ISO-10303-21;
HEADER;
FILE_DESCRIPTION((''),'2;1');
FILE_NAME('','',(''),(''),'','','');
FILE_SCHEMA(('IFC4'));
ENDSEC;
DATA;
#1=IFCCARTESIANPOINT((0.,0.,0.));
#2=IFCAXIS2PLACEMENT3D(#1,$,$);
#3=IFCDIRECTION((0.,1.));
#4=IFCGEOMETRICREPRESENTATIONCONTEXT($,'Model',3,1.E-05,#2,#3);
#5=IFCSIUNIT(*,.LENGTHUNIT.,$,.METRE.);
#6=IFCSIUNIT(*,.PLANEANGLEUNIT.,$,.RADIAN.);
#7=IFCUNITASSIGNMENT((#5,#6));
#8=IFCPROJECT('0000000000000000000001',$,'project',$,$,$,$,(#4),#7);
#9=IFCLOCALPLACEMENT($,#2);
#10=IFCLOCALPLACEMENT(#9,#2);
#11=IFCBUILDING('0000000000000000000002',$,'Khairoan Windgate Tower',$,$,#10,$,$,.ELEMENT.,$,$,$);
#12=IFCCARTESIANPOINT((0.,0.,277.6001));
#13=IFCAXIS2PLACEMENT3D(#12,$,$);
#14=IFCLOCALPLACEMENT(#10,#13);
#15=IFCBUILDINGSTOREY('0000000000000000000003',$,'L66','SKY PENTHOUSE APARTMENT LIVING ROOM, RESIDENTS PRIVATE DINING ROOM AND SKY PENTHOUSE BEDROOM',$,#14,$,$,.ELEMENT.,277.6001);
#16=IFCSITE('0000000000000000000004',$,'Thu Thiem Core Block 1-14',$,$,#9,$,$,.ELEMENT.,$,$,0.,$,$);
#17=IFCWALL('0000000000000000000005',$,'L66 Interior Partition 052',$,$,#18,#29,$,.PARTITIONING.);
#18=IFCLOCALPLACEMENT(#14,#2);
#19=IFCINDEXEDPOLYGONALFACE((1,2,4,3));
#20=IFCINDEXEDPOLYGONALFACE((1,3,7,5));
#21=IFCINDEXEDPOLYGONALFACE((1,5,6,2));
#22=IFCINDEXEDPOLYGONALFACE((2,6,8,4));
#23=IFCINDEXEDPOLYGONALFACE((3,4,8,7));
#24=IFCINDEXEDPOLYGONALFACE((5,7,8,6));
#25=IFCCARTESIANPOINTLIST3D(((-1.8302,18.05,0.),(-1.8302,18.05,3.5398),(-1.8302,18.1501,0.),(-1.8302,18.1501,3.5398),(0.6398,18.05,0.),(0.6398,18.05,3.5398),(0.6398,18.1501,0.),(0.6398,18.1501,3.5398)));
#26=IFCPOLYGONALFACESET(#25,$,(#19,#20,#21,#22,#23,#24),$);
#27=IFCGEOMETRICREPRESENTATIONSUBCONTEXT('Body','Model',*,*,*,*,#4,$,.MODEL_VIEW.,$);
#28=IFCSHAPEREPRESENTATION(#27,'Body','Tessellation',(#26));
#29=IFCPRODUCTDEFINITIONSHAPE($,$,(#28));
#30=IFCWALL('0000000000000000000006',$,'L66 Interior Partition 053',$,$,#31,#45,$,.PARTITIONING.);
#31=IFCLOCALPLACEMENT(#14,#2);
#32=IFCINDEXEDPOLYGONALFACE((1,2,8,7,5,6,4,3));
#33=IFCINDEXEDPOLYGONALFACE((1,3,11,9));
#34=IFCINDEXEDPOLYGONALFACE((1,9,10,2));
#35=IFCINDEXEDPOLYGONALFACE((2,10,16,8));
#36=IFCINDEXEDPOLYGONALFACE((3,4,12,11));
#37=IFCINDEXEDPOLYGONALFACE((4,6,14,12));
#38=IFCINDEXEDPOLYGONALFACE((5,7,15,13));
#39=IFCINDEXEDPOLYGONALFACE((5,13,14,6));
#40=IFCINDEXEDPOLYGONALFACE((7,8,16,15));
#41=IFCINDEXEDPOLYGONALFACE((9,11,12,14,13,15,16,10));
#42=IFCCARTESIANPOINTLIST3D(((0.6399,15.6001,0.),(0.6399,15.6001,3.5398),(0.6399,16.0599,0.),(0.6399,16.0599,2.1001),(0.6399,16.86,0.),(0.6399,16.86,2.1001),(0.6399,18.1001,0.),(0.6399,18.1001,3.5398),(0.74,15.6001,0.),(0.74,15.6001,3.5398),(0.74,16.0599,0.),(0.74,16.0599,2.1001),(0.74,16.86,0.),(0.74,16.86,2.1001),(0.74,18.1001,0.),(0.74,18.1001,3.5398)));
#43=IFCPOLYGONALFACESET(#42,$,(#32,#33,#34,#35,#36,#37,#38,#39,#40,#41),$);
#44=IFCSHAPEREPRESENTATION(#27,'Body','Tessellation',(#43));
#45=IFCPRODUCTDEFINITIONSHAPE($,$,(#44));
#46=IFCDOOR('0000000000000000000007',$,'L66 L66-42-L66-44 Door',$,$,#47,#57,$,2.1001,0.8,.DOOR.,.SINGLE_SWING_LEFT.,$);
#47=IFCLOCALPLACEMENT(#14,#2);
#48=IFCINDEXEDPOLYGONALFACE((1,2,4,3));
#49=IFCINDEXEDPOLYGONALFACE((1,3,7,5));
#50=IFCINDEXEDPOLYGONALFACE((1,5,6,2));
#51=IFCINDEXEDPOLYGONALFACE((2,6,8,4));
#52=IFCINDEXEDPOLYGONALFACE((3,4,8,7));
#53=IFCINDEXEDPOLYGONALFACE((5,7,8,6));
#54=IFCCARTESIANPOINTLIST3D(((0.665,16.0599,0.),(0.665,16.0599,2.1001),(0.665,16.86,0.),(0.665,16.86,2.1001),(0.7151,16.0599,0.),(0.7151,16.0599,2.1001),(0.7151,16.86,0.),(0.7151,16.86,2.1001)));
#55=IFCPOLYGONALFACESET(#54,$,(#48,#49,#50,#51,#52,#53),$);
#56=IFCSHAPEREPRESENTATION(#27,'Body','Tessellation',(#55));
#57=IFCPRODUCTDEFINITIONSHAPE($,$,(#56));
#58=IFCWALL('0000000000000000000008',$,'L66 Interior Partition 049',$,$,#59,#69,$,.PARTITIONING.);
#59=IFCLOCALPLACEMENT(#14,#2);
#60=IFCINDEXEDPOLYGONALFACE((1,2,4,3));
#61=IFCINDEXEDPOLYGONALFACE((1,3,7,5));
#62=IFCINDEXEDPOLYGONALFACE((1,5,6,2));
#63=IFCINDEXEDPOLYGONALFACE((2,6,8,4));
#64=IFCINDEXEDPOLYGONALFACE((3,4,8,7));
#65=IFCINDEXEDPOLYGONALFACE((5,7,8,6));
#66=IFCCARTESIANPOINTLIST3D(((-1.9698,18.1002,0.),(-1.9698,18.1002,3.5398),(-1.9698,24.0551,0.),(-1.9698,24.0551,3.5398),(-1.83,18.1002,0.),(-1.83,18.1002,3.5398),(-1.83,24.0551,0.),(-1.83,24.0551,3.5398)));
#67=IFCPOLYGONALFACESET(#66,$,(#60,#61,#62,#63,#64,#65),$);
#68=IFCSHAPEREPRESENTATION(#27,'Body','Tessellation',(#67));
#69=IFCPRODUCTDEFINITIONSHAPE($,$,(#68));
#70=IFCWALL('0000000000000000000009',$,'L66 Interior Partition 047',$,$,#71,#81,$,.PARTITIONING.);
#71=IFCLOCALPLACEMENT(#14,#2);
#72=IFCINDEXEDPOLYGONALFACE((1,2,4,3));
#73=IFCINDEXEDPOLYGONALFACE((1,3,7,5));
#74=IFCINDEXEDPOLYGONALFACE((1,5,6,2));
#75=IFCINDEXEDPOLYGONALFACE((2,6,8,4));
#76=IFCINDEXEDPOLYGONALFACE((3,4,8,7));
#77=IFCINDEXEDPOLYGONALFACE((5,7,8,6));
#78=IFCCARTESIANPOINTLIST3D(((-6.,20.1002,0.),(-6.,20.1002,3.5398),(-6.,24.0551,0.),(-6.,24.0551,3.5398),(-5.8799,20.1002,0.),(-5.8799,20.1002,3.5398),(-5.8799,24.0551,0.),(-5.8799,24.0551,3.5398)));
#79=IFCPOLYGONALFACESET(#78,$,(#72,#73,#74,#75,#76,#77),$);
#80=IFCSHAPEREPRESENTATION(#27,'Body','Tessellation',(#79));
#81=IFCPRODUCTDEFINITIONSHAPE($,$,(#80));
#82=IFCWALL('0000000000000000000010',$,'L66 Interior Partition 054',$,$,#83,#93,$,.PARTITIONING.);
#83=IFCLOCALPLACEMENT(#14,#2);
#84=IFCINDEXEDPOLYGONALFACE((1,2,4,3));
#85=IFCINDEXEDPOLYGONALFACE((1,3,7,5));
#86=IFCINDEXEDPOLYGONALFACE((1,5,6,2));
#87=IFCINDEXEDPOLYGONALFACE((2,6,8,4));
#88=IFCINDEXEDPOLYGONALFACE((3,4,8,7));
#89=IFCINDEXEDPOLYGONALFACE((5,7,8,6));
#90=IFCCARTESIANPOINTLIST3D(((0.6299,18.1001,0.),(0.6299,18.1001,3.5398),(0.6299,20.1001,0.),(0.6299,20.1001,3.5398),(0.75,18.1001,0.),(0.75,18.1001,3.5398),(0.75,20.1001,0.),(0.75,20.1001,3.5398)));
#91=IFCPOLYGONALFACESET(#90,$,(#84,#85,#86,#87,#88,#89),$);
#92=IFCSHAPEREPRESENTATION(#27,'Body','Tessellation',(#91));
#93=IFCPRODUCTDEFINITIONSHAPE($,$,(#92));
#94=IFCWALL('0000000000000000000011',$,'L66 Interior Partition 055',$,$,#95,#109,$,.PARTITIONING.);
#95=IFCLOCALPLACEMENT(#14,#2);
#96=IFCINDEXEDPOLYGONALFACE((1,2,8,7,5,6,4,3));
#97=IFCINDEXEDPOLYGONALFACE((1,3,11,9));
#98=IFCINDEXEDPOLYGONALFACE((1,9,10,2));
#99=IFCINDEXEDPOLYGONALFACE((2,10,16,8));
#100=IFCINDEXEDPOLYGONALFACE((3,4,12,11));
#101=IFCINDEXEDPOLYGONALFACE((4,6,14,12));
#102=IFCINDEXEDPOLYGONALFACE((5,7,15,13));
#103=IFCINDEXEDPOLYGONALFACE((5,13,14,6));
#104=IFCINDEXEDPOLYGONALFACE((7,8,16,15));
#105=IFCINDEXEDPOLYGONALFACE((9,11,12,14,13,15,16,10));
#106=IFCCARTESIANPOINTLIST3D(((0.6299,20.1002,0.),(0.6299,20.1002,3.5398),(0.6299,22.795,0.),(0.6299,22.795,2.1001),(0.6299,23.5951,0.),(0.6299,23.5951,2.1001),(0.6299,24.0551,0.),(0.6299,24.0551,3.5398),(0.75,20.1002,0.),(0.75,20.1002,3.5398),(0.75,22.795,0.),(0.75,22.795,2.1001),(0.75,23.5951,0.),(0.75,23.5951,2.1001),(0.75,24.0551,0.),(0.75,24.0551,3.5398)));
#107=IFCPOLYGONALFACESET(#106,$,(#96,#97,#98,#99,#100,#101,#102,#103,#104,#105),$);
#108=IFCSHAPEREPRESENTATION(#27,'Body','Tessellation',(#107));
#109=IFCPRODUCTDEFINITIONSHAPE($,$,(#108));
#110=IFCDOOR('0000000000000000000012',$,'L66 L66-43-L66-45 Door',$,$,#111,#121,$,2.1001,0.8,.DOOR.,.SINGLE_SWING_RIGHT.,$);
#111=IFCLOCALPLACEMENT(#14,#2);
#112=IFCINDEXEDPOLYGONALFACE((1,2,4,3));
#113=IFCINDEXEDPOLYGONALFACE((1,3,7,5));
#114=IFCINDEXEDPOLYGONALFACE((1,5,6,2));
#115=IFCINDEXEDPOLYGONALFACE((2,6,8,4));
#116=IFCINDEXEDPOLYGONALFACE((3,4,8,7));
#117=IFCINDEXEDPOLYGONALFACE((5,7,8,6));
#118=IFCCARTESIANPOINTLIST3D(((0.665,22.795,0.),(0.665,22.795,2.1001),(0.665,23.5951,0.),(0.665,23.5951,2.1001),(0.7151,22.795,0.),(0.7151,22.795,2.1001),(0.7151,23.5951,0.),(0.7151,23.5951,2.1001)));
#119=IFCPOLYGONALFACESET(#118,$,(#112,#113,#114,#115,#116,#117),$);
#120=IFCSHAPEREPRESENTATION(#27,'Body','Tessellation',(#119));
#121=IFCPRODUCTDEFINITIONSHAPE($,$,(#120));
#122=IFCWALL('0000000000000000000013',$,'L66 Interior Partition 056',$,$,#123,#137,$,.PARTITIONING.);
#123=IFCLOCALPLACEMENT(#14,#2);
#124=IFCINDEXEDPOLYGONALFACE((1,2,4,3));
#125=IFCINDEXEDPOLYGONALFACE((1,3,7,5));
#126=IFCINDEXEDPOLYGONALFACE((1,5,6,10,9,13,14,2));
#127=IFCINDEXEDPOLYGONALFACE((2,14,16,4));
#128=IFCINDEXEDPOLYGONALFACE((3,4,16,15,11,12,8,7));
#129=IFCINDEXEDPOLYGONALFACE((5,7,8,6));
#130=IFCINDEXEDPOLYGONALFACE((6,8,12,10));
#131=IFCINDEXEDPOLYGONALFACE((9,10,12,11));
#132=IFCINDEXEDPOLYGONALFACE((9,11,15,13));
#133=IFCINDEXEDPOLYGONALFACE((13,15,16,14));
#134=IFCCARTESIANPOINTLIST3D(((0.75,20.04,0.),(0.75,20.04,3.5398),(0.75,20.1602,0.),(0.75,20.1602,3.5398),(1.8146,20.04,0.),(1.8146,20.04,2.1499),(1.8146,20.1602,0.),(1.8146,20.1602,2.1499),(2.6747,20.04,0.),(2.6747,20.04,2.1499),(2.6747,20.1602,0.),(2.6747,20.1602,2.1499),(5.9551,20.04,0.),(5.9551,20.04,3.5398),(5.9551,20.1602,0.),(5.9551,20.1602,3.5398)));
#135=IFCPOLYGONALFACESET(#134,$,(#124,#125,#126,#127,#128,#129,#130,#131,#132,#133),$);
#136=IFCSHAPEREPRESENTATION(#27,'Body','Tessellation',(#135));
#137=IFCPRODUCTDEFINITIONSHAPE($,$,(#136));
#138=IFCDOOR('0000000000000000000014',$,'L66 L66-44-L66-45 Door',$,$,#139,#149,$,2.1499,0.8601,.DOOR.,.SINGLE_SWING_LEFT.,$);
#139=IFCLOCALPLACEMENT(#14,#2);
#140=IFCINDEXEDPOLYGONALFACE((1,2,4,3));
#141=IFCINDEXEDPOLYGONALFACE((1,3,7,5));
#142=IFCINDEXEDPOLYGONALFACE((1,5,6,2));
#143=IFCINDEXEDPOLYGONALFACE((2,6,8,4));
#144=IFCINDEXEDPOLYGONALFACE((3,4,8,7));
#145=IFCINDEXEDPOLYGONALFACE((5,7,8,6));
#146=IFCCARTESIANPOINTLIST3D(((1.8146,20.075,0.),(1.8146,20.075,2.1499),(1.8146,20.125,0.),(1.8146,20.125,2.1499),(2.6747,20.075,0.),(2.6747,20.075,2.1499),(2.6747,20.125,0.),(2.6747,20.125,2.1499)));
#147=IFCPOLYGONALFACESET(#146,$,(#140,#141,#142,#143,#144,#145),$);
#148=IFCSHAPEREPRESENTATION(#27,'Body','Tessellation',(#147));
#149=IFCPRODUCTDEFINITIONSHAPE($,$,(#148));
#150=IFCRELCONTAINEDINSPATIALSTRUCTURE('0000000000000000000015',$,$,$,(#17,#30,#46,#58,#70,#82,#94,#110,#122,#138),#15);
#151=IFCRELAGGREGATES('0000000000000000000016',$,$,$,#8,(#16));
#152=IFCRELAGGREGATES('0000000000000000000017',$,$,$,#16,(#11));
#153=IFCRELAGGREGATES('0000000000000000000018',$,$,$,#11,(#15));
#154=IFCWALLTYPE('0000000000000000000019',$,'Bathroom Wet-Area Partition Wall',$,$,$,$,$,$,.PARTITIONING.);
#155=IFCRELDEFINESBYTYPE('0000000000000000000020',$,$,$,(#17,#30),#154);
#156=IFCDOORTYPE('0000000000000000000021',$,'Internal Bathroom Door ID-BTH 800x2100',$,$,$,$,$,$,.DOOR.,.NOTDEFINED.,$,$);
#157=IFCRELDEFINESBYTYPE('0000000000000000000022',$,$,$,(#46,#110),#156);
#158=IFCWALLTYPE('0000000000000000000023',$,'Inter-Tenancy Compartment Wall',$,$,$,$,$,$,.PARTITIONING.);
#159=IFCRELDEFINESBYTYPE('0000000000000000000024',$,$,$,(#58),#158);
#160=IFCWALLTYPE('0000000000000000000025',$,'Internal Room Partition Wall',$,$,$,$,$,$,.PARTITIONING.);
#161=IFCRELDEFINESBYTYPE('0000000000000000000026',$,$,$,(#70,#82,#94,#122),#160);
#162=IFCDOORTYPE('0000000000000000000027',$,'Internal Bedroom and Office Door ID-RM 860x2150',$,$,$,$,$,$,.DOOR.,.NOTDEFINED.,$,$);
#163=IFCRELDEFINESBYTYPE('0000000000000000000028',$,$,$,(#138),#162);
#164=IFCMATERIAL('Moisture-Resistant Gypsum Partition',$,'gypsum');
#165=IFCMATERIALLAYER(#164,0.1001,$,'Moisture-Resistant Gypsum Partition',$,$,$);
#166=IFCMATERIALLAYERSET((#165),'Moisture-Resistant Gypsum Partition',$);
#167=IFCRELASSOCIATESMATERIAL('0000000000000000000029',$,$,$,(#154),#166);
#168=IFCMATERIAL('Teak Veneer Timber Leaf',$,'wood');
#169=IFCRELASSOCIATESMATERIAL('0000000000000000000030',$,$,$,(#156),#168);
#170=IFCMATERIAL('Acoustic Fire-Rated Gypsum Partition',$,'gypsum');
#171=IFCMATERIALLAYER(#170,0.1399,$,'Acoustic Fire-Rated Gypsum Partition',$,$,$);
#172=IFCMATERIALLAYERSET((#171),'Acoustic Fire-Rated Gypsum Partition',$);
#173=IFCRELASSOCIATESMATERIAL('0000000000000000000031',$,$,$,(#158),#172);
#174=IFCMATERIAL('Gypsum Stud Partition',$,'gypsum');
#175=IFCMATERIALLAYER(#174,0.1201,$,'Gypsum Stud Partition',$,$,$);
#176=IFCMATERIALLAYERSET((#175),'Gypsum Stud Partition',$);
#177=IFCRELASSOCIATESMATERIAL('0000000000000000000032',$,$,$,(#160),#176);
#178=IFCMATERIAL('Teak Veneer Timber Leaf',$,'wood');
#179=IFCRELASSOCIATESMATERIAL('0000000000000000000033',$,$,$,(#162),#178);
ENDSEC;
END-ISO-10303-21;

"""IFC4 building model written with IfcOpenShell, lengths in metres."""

from ifc_helpers import new_model, si_unit, direction, frame, frame_2d, origin, place, context, subcontext, project, spatial, rectangle, extrude, material, layer, layer_set, type_object, element, fill, save


model = new_model("IFC4")

# Units and contexts
model_context = context("Model", 3, precision=1e-05, world=origin(), true_north=direction((0.0, 1.0)))
body_context = subcontext(model_context, "Body", "Model", "MODEL_VIEW")
ifc_project = project(units=[si_unit("LENGTHUNIT", "METRE"), si_unit("PLANEANGLEUNIT", "RADIAN")], contexts=[model_context])

# Site, building, storey
site_placement = place(None, origin())
site = spatial("IfcSite", under=ifc_project, at=site_placement, Name="Thu Thiem Core Block 1-14", CompositionType="ELEMENT", RefElevation=0.0)
building_placement = place(site_placement, origin())
building = spatial("IfcBuilding", under=site, at=building_placement, Name="Khairoan Windgate Tower", CompositionType="ELEMENT")
storey_placement = place(building_placement, frame((0.0, 0.0, 277.6001)))
storey = spatial("IfcBuildingStorey", under=building, at=storey_placement, Name="L66", Description="SKY PENTHOUSE APARTMENT LIVING ROOM, RESIDENTS PRIVATE DINING ROOM AND SKY PENTHOUSE BEDROOM", CompositionType="ELEMENT", Elevation=277.6001)

# Wall
ifc_material_1 = material(Name="Moisture-Resistant Gypsum Partition", Category="gypsum")
ifc_layer_1 = layer(ifc_material_1, 0.1001, Name="Moisture-Resistant Gypsum Partition")
ifc_layer_set_1 = layer_set([ifc_layer_1], Name="Moisture-Resistant Gypsum Partition")
wall_type_1 = type_object("IfcWallType", Name="Bathroom Wet-Area Partition Wall", PredefinedType="PARTITIONING", material=ifc_layer_set_1)
wall_1_placement = place(storey_placement, frame((-1.8301, 18.1001, 0.0), z_axis=(0.0, 0.0, 1.0), x_axis=(1.0, 0.0, 0.0)))
element("IfcWall", 1, at=wall_1_placement, inside=storey, type_object=wall_type_1, Name="L66 Interior Partition 052", PredefinedType="PARTITIONING", context=body_context, shape_type="SweptSolid", body=[
    extrude(rectangle(XDim=2.47, YDim=0.1001, at=frame_2d((1.2349, 0.0))), origin(), (0.0, 0.0, 1.0), 3.5398),
])

# Wall, opening, door
wall_2_placement = place(storey_placement, frame((0.6899, 15.6001, 0.0), z_axis=(0.0, 0.0, 1.0), x_axis=(0.0, 1.0, 0.0)))
wall_2 = element("IfcWall", 2, at=wall_2_placement, inside=storey, type_object=wall_type_1, Name="L66 Interior Partition 053", PredefinedType="PARTITIONING", context=body_context, shape_type="SweptSolid", body=[
    extrude(rectangle(XDim=2.5, YDim=0.1001, at=frame_2d((1.25, 0.0))), origin(), (0.0, 0.0, 1.0), 3.5398),
])
opening_1_placement = place(wall_2_placement, frame((0.46, 0.0, 0.0)))
opening_1 = element("IfcOpeningElement", 3, at=opening_1_placement, cuts=wall_2, PredefinedType="OPENING", context=body_context, shape_type="SweptSolid", body=[
    extrude(rectangle(XDim=0.8, YDim=2.1001, at=frame_2d((0.3999, 1.05))), frame((0.0, 0.0601, 0.0), z_axis=(0.0, -1.0, 0.0), x_axis=(1.0, 0.0, 0.0)), (0.0, 0.0, 1.0), 0.1201),
])
ifc_material_2 = material(Name="Teak Veneer Timber Leaf", Category="wood")
door_type_1 = type_object("IfcDoorType", Name="Internal Bathroom Door ID-BTH 800x2100", OperationType="NOTDEFINED", PredefinedType="DOOR", material=ifc_material_2)
door_1_placement = place(opening_1_placement, origin())
door_1 = element("IfcDoor", 4, at=door_1_placement, inside=storey, type_object=door_type_1, Name="L66 L66-42-L66-44 Door", OperationType="SINGLE_SWING_LEFT", OverallHeight=2.1001, OverallWidth=0.8, PredefinedType="DOOR", context=body_context, shape_type="SweptSolid", body=[
    extrude(rectangle(XDim=0.8, YDim=2.1001, at=frame_2d((0.3999, 1.05))), frame((0.0, 0.0249, 0.0), z_axis=(0.0, -1.0, 0.0), x_axis=(1.0, 0.0, 0.0)), (0.0, 0.0, 1.0), 0.05),
])
fill(opening_1, door_1)

# Walls
ifc_material_3 = material(Name="Acoustic Fire-Rated Gypsum Partition", Category="gypsum")
ifc_layer_2 = layer(ifc_material_3, 0.1399, Name="Acoustic Fire-Rated Gypsum Partition")
ifc_layer_set_2 = layer_set([ifc_layer_2], Name="Acoustic Fire-Rated Gypsum Partition")
wall_type_2 = type_object("IfcWallType", Name="Inter-Tenancy Compartment Wall", PredefinedType="PARTITIONING", material=ifc_layer_set_2)
wall_3_placement = place(storey_placement, frame((-1.8999, 18.1001, 0.0), z_axis=(0.0, 0.0, 1.0), x_axis=(0.0, 1.0, 0.0)))
element("IfcWall", 5, at=wall_3_placement, inside=storey, type_object=wall_type_2, Name="L66 Interior Partition 049", PredefinedType="PARTITIONING", context=body_context, shape_type="SweptSolid", body=[
    extrude(rectangle(XDim=5.9548, YDim=0.1399, at=frame_2d((2.9775, 0.0))), origin(), (0.0, 0.0, 1.0), 3.5398),
])
ifc_material_4 = material(Name="Gypsum Stud Partition", Category="gypsum")
ifc_layer_3 = layer(ifc_material_4, 0.1201, Name="Gypsum Stud Partition")
ifc_layer_set_3 = layer_set([ifc_layer_3], Name="Gypsum Stud Partition")
wall_type_3 = type_object("IfcWallType", Name="Internal Room Partition Wall", PredefinedType="PARTITIONING", material=ifc_layer_set_3)
wall_4_placement = place(storey_placement, frame((-5.9399, 20.1001, 0.0), z_axis=(0.0, 0.0, 1.0), x_axis=(0.0, 1.0, 0.0)))
element("IfcWall", 6, at=wall_4_placement, inside=storey, type_object=wall_type_3, Name="L66 Interior Partition 047", PredefinedType="PARTITIONING", context=body_context, shape_type="SweptSolid", body=[
    extrude(rectangle(XDim=3.9548, YDim=0.1201, at=frame_2d((1.9775, 0.0))), origin(), (0.0, 0.0, 1.0), 3.5398),
])
wall_5_placement = place(storey_placement, frame((0.6899, 18.1001, 0.0), z_axis=(0.0, 0.0, 1.0), x_axis=(0.0, 1.0, 0.0)))
element("IfcWall", 7, at=wall_5_placement, inside=storey, type_object=wall_type_3, Name="L66 Interior Partition 054", PredefinedType="PARTITIONING", context=body_context, shape_type="SweptSolid", body=[
    extrude(rectangle(XDim=2.0, YDim=0.1201, at=frame_2d((1.0, 0.0))), origin(), (0.0, 0.0, 1.0), 3.5398),
])

# Walls, openings, doors
wall_6_placement = place(storey_placement, frame((0.6899, 20.1001, 0.0), z_axis=(0.0, 0.0, 1.0), x_axis=(0.0, 1.0, 0.0)))
wall_6 = element("IfcWall", 8, at=wall_6_placement, inside=storey, type_object=wall_type_3, Name="L66 Interior Partition 055", PredefinedType="PARTITIONING", context=body_context, shape_type="SweptSolid", body=[
    extrude(rectangle(XDim=3.9548, YDim=0.1201, at=frame_2d((1.9775, 0.0))), origin(), (0.0, 0.0, 1.0), 3.5398),
])
opening_2_placement = place(wall_6_placement, frame((2.6951, 0.0, 0.0)))
opening_2 = element("IfcOpeningElement", 9, at=opening_2_placement, cuts=wall_6, PredefinedType="OPENING", context=body_context, shape_type="SweptSolid", body=[
    extrude(rectangle(XDim=0.8, YDim=2.1001, at=frame_2d((0.3999, 1.05))), frame((0.0, 0.0701, 0.0), z_axis=(0.0, -1.0, 0.0), x_axis=(1.0, 0.0, 0.0)), (0.0, 0.0, 1.0), 0.1401),
])
door_2_placement = place(opening_2_placement, origin())
door_2 = element("IfcDoor", 10, at=door_2_placement, inside=storey, type_object=door_type_1, Name="L66 L66-43-L66-45 Door", OperationType="SINGLE_SWING_RIGHT", OverallHeight=2.1001, OverallWidth=0.8, PredefinedType="DOOR", context=body_context, shape_type="SweptSolid", body=[
    extrude(rectangle(XDim=0.8, YDim=2.1001, at=frame_2d((0.3999, 1.05))), frame((0.0, 0.0249, 0.0), z_axis=(0.0, -1.0, 0.0), x_axis=(1.0, 0.0, 0.0)), (0.0, 0.0, 1.0), 0.05),
])
fill(opening_2, door_2)
wall_7_placement = place(storey_placement, frame((0.75, 20.1001, 0.0), z_axis=(0.0, 0.0, 1.0), x_axis=(1.0, 0.0, 0.0)))
wall_7 = element("IfcWall", 11, at=wall_7_placement, inside=storey, type_object=wall_type_3, Name="L66 Interior Partition 056", PredefinedType="PARTITIONING", context=body_context, shape_type="SweptSolid", body=[
    extrude(rectangle(XDim=5.2051, YDim=0.1201, at=frame_2d((2.6025, 0.0))), origin(), (0.0, 0.0, 1.0), 3.5398),
])
opening_3_placement = place(wall_7_placement, frame((1.0645, 0.0, 0.0)))
opening_3 = element("IfcOpeningElement", 12, at=opening_3_placement, cuts=wall_7, PredefinedType="OPENING", context=body_context, shape_type="SweptSolid", body=[
    extrude(rectangle(XDim=0.8601, YDim=2.1499, at=frame_2d((0.4302, 1.075))), frame((0.0, 0.0701, 0.0), z_axis=(0.0, -1.0, 0.0), x_axis=(1.0, 0.0, 0.0)), (0.0, 0.0, 1.0), 0.1401),
])
ifc_material_5 = material(Name="Teak Veneer Timber Leaf", Category="wood")
door_type_2 = type_object("IfcDoorType", Name="Internal Bedroom and Office Door ID-RM 860x2150", OperationType="NOTDEFINED", PredefinedType="DOOR", material=ifc_material_5)
door_3_placement = place(opening_3_placement, origin())
door_3 = element("IfcDoor", 13, at=door_3_placement, inside=storey, type_object=door_type_2, Name="L66 L66-44-L66-45 Door", OperationType="SINGLE_SWING_LEFT", OverallHeight=2.1499, OverallWidth=0.8601, PredefinedType="DOOR", context=body_context, shape_type="SweptSolid", body=[
    extrude(rectangle(XDim=0.8601, YDim=2.1499, at=frame_2d((0.4302, 1.075))), frame((0.0, 0.0249, 0.0), z_axis=(0.0, -1.0, 0.0), x_axis=(1.0, 0.0, 0.0)), (0.0, 0.0, 1.0), 0.05),
])
fill(opening_3, door_3)

save(model, "model.ifc")
